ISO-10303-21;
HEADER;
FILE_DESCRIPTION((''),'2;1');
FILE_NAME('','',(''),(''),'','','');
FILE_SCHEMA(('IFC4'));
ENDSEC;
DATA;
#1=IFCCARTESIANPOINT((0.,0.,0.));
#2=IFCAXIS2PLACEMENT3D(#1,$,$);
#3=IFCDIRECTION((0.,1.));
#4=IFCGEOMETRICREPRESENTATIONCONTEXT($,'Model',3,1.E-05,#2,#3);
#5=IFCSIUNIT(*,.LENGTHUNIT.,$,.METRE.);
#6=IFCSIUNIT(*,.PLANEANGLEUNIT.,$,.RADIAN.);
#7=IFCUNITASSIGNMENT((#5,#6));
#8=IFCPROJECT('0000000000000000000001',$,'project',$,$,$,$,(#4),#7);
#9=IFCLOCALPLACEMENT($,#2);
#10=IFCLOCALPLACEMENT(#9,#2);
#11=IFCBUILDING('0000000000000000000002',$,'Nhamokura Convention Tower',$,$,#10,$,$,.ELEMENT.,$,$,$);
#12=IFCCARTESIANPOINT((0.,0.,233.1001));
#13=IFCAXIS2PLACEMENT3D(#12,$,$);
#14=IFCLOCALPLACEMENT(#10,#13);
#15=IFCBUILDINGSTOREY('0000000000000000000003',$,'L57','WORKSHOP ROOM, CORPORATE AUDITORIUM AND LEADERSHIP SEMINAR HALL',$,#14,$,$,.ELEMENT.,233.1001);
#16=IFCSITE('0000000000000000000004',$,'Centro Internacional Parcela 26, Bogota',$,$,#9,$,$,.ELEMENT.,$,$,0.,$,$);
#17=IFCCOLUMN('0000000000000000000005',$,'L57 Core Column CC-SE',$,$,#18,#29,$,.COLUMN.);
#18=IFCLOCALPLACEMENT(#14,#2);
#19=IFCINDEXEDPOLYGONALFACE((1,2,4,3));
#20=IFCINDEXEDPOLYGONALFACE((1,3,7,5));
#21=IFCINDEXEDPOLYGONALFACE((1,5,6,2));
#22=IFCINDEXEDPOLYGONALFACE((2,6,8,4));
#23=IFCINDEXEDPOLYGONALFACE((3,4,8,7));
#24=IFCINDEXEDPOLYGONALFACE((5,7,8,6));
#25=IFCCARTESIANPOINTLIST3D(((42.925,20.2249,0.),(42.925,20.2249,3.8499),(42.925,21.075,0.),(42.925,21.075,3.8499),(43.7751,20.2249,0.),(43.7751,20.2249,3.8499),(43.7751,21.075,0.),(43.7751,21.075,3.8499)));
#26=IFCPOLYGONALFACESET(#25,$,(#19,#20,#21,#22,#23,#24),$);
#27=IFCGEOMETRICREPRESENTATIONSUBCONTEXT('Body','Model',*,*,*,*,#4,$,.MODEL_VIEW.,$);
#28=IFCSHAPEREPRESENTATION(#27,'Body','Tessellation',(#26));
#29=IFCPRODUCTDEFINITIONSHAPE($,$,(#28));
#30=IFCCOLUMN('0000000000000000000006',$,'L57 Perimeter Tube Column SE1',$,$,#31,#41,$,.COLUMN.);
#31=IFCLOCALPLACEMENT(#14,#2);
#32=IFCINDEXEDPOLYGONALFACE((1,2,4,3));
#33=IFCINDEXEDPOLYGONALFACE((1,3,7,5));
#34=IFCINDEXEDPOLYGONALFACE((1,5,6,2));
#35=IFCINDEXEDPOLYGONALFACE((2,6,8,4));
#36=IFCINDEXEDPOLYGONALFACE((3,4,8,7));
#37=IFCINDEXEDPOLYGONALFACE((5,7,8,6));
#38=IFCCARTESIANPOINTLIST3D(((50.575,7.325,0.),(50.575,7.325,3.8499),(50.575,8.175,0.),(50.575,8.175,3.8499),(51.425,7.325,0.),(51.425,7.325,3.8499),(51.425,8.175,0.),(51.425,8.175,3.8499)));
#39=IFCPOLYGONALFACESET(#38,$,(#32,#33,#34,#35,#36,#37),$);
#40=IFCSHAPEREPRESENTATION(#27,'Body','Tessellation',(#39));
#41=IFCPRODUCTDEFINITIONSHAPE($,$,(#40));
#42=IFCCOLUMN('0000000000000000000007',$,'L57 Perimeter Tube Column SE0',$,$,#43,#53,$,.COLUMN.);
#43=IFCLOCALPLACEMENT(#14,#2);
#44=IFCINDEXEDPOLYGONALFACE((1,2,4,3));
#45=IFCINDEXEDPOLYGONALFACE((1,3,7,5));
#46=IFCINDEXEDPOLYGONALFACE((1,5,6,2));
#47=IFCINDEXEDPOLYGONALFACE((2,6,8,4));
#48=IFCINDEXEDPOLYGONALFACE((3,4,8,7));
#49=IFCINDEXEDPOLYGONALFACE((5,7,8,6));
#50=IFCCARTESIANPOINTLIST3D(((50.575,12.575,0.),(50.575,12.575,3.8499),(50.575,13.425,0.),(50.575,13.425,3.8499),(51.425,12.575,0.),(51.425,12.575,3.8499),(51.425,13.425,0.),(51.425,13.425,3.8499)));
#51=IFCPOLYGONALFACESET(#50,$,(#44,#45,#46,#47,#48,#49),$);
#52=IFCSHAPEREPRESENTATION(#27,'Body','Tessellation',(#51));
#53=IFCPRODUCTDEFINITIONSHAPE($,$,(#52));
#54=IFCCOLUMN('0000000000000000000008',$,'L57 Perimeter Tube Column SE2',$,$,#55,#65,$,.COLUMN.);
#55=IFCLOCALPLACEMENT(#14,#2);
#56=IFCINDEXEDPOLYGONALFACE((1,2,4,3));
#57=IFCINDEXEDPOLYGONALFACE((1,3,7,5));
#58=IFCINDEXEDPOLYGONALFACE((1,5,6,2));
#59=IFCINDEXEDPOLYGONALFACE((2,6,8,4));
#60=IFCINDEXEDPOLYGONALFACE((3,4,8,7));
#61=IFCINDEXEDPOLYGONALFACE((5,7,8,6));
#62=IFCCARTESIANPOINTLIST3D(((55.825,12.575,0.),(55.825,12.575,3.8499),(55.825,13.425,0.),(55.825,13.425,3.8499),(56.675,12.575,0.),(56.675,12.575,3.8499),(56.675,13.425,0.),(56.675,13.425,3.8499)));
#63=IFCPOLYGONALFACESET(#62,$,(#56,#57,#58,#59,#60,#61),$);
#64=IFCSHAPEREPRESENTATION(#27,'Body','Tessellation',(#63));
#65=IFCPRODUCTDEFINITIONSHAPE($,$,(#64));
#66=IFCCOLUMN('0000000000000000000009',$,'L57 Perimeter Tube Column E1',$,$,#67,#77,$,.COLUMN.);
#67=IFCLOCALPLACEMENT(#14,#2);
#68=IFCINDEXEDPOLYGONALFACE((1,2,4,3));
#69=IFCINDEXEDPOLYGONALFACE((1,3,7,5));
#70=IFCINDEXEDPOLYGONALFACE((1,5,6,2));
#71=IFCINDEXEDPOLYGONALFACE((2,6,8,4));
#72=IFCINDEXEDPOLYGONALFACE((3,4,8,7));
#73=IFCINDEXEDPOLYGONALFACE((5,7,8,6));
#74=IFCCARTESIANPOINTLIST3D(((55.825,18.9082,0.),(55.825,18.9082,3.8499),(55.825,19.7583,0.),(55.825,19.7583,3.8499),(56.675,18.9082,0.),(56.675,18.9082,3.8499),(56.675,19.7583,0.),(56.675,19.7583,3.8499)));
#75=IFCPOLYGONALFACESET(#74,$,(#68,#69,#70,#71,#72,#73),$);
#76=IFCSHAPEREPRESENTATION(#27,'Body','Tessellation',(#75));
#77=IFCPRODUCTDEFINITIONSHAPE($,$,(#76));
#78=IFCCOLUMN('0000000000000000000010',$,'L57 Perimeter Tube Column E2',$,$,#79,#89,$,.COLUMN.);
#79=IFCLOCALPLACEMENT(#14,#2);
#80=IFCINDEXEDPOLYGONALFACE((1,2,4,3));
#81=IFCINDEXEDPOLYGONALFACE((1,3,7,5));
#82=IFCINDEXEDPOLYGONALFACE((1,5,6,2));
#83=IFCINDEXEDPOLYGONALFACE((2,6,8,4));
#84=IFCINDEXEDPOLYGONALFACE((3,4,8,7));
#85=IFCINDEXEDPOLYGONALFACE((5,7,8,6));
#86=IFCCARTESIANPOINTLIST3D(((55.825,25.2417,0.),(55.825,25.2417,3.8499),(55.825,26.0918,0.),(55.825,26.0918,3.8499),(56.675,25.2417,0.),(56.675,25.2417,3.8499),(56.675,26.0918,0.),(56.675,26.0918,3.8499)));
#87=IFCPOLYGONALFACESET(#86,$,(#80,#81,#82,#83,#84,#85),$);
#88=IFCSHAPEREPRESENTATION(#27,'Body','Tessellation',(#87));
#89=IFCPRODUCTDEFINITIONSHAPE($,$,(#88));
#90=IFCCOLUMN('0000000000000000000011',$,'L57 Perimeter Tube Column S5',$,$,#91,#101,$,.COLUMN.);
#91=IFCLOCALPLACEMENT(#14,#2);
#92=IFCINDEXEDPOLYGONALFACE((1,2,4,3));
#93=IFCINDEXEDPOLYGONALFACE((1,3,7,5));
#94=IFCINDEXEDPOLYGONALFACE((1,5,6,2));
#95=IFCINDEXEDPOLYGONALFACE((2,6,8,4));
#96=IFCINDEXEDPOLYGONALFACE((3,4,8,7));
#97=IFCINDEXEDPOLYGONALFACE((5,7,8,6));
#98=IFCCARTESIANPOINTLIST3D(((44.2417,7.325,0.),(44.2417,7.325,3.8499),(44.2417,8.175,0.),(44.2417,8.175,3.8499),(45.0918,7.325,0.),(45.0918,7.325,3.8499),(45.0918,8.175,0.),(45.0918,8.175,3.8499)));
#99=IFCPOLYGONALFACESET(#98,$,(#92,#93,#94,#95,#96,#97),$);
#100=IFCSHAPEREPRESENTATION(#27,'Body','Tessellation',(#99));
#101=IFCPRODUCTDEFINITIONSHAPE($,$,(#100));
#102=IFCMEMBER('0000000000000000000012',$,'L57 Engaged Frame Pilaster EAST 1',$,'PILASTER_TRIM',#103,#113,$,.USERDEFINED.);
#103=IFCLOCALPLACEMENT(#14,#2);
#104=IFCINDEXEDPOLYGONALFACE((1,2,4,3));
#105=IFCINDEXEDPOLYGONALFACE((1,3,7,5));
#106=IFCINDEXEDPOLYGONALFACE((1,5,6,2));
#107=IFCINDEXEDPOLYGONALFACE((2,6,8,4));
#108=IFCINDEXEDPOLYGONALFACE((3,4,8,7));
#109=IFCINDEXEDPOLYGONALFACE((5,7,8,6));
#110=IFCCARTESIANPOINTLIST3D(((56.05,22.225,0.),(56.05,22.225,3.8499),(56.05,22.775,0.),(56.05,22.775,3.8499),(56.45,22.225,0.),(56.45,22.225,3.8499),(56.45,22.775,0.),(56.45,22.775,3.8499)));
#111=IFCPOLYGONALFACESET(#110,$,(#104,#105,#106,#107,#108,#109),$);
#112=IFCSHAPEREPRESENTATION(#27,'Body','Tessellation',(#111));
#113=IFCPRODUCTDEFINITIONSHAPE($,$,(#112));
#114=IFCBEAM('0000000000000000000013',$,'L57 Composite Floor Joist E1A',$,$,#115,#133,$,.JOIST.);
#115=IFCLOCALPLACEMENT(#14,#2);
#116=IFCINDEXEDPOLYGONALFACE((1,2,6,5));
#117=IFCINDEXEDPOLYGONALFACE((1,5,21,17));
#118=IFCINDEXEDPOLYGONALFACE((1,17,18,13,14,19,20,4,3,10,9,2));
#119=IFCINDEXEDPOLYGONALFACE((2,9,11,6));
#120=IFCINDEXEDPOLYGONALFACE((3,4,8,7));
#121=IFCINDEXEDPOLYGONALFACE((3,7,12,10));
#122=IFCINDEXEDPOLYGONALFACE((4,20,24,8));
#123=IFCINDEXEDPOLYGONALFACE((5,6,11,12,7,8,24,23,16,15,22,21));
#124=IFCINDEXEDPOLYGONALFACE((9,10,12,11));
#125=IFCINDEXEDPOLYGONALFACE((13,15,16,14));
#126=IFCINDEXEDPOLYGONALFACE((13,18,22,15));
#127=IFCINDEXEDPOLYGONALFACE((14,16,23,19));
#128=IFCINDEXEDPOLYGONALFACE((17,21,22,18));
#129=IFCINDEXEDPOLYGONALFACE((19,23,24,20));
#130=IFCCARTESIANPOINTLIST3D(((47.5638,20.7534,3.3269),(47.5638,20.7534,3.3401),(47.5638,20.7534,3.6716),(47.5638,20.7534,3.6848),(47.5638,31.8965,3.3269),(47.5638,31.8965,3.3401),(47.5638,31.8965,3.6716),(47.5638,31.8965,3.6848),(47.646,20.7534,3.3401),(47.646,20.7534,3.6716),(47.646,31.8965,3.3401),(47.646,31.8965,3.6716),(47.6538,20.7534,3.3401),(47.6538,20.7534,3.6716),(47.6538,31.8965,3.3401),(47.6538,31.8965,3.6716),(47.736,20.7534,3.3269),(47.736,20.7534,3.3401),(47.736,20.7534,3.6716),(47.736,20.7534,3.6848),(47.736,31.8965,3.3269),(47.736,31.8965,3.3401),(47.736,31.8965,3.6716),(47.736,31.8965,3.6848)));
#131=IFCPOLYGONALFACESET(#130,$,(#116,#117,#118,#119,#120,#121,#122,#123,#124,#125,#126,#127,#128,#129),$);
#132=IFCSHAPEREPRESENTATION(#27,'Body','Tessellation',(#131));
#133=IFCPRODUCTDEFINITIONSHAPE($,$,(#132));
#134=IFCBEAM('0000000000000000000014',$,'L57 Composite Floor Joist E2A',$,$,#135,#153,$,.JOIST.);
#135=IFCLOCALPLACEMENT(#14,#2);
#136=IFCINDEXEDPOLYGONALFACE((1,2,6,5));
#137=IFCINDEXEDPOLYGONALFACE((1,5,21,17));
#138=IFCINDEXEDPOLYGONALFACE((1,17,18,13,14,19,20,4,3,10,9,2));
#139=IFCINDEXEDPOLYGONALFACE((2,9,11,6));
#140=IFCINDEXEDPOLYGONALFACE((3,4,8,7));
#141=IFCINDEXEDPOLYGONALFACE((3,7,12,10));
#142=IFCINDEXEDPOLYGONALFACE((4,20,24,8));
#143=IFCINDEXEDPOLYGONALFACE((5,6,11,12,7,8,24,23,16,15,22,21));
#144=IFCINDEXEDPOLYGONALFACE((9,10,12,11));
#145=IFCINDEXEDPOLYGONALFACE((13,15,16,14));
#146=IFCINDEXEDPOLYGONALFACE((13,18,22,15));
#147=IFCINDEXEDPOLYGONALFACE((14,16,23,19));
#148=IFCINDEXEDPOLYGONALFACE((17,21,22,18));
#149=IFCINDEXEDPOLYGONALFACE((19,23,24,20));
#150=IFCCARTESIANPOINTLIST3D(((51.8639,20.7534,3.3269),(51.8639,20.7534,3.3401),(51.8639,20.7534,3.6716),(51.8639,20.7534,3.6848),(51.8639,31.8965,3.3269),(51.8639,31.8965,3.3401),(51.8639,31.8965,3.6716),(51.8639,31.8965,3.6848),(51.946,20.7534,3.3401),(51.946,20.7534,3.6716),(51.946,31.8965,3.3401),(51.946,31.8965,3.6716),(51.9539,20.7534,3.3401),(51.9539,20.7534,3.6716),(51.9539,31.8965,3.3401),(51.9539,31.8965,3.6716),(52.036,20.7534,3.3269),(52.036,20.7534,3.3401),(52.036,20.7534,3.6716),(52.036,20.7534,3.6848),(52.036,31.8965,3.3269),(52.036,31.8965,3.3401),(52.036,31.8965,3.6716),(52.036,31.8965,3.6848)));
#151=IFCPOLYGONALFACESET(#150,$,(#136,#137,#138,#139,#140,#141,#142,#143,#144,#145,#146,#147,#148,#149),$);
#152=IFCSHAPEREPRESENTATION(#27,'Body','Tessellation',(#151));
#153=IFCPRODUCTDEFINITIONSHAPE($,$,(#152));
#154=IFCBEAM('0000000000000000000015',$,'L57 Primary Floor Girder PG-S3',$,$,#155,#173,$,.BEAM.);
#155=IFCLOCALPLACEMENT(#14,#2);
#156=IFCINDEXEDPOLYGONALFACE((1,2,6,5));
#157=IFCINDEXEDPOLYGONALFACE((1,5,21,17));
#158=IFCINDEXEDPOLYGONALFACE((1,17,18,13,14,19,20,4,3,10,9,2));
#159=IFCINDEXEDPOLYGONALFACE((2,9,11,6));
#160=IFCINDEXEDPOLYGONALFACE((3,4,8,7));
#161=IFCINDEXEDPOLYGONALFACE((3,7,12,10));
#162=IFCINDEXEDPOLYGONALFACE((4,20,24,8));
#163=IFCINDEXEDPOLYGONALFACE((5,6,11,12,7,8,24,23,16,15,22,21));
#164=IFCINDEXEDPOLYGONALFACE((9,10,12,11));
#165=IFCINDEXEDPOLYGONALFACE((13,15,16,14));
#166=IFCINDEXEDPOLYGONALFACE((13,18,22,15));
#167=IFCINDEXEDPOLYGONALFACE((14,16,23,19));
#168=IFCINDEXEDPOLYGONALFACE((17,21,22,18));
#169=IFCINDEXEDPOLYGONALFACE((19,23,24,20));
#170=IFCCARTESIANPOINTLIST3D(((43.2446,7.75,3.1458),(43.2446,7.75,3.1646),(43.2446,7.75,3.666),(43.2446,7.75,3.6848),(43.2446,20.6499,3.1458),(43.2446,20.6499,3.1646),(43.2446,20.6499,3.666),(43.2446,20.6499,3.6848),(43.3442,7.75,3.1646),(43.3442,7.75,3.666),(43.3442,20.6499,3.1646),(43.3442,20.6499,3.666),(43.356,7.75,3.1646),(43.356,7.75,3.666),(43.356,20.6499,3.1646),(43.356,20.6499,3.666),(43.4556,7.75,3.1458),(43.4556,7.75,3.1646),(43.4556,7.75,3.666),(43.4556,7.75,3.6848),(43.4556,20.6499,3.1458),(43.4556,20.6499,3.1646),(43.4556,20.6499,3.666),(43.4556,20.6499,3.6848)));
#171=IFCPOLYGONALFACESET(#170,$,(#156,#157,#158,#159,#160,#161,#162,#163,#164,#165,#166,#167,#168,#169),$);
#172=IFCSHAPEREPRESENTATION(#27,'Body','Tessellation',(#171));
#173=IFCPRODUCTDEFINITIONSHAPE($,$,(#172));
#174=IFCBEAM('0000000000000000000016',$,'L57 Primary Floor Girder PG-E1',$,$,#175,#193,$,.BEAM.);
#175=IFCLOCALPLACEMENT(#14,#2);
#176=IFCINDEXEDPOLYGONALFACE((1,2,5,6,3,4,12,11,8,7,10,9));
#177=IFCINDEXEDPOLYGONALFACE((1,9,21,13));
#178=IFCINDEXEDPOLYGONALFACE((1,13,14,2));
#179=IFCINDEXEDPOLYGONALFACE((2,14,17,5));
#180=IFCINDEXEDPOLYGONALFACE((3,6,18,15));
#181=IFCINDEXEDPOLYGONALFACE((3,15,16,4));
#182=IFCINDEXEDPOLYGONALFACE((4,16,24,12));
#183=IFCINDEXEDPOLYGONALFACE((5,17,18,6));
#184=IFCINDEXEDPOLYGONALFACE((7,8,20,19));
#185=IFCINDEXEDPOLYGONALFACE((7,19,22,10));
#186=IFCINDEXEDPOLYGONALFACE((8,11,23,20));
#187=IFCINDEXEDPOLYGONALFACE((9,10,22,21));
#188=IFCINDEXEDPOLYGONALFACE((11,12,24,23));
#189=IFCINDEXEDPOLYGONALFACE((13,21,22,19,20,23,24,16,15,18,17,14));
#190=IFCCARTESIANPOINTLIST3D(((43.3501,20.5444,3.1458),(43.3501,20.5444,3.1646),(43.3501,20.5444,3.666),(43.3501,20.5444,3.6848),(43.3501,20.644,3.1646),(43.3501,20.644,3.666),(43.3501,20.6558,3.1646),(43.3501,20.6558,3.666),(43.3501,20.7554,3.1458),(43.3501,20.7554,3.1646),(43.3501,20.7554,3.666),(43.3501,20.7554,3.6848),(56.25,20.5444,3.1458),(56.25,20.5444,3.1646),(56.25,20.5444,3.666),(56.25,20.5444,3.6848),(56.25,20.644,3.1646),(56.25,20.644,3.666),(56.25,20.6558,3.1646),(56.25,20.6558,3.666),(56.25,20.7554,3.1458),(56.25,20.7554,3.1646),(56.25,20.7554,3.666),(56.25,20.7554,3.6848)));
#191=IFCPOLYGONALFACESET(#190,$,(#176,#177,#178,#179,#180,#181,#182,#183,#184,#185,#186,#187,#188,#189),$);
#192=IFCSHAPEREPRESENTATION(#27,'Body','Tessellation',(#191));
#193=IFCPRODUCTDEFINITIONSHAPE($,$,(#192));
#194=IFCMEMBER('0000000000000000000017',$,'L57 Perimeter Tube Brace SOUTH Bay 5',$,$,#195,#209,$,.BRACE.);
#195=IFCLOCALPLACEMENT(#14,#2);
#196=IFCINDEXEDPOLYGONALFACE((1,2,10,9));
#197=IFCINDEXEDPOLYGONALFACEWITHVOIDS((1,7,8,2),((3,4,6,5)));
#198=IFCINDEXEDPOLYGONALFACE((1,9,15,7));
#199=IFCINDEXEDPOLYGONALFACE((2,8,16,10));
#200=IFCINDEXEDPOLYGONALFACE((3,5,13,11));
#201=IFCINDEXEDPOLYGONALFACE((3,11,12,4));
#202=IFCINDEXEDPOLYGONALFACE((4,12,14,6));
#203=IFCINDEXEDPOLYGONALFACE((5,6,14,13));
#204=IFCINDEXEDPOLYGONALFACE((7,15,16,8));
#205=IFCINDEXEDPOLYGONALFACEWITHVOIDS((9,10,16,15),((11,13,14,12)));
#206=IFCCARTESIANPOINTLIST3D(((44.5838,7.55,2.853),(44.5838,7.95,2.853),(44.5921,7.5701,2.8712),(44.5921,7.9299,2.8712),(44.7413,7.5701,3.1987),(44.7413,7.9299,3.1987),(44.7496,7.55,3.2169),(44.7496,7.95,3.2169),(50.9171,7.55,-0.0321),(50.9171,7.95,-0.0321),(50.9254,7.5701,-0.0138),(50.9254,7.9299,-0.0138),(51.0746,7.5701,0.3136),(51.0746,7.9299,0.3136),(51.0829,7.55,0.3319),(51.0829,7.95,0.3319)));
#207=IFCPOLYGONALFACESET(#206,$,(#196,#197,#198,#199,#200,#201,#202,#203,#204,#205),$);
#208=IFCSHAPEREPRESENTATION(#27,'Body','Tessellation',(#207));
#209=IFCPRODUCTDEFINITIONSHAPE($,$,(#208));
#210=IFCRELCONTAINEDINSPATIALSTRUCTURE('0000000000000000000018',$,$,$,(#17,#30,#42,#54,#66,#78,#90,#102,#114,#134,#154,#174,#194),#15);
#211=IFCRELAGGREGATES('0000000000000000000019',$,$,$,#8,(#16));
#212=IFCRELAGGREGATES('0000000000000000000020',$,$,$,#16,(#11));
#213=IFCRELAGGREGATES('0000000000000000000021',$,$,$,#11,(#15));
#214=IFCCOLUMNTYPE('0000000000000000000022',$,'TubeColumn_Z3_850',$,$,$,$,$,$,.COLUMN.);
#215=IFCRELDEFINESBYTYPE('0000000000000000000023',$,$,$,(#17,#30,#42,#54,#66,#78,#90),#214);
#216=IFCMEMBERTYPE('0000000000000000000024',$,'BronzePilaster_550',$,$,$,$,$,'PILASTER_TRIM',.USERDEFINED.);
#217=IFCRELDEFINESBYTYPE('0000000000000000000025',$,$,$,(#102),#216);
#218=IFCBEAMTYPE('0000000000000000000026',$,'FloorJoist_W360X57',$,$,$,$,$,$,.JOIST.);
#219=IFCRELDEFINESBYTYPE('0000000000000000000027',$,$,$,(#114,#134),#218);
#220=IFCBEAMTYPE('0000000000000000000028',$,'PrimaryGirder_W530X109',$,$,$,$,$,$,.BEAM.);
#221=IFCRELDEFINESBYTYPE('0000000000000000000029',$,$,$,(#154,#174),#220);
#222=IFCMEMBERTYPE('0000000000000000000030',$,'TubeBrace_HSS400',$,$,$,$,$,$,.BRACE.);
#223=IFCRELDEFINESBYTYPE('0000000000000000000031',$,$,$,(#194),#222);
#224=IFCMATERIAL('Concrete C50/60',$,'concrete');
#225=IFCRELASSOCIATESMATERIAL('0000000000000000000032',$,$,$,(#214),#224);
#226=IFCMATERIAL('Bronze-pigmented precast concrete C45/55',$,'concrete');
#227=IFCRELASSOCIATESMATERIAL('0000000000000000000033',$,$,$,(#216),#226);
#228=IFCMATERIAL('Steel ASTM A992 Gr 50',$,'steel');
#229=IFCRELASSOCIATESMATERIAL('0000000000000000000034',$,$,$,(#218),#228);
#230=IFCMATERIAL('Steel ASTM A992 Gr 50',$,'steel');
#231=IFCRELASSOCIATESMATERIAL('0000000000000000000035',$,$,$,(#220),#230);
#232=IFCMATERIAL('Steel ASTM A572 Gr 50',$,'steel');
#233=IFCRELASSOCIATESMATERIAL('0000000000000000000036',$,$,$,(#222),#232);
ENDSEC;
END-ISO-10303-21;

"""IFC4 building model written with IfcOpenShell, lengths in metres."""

from ifc_helpers import new_model, si_unit, direction, frame, origin, origin_2d, place, context, subcontext, project, spatial, rectangle, hollow_rectangle, i_section, extrude, material, material_profile, profile_set, type_object, element, save


model = new_model("IFC4")

# Units and contexts
model_context = context("Model", 3, precision=1e-05, world=origin(), true_north=direction((0.0, 1.0)))
body_context = subcontext(model_context, "Body", "Model", "MODEL_VIEW")
ifc_project = project(units=[si_unit("LENGTHUNIT", "METRE"), si_unit("PLANEANGLEUNIT", "RADIAN")], contexts=[model_context])

# Site, building, storey
site_placement = place(None, origin())
site = spatial("IfcSite", under=ifc_project, at=site_placement, Name="Centro Internacional Parcela 26, Bogota", CompositionType="ELEMENT", RefElevation=0.0)
building_placement = place(site_placement, origin())
building = spatial("IfcBuilding", under=site, at=building_placement, Name="Nhamokura Convention Tower", CompositionType="ELEMENT")
storey_placement = place(building_placement, frame((0.0, 0.0, 233.1001)))
storey = spatial("IfcBuildingStorey", under=building, at=storey_placement, Name="L57", Description="WORKSHOP ROOM, CORPORATE AUDITORIUM AND LEADERSHIP SEMINAR HALL", CompositionType="ELEMENT", Elevation=233.1001)

# Columns
ifc_material_1 = material(Name="Concrete C50/60", Category="concrete")
ifc_material_profile_1 = material_profile(ifc_material_1, rectangle(XDim=0.8501, YDim=0.8501, at=origin_2d()))
ifc_profile_set_1 = profile_set([ifc_material_profile_1], Name="Concrete C50/60")
column_type = type_object("IfcColumnType", Name="TubeColumn_Z3_850", PredefinedType="COLUMN", material=ifc_profile_set_1)
for number, where, z_axis, x_axis, name in (
    (1, (43.3501, 20.6499, 0.0), (0.0, 0.0, 1.0), (1.0, 0.0, 0.0), "L57 Core Column CC-SE"),
    (2, (51.0, 7.75, 0.0), (0.0, 0.0, 1.0), (1.0, 0.0, 0.0), "L57 Perimeter Tube Column SE1"),
    (3, (51.0, 13.0, 0.0), (0.0, 0.0, 1.0), (1.0, 0.0, 0.0), "L57 Perimeter Tube Column SE0"),
    (4, (56.25, 13.0, 0.0), (0.0, 0.0, 1.0), (1.0, 0.0, 0.0), "L57 Perimeter Tube Column SE2"),
    (5, (56.25, 19.3333, 0.0), (0.0, 0.0, 1.0), (1.0, 0.0, 0.0), "L57 Perimeter Tube Column E1"),
    (6, (56.25, 25.6667, 0.0), (0.0, 0.0, 1.0), (1.0, 0.0, 0.0), "L57 Perimeter Tube Column E2"),
    (7, (44.6667, 7.75, 0.0), (0.0, 0.0, 1.0), (1.0, 0.0, 0.0), "L57 Perimeter Tube Column S5"),
):
    element("IfcColumn", number, at=place(storey_placement, frame(where, z_axis=z_axis, x_axis=x_axis)), inside=storey, type_object=column_type, Name=name, PredefinedType="COLUMN", context=body_context, shape_type="SweptSolid", body=[
        extrude(rectangle(XDim=0.8501, YDim=0.8501, at=origin_2d()), origin(), (0.0, 0.0, 1.0), 3.8499),
    ])

# Member
ifc_material_2 = material(Name="Bronze-pigmented precast concrete C45/55", Category="concrete")
ifc_material_profile_2 = material_profile(ifc_material_2, rectangle(XDim=0.3999, YDim=0.55, at=origin_2d()))
ifc_profile_set_2 = profile_set([ifc_material_profile_2], Name="Bronze-pigmented precast concrete C45/55")
member_type_1 = type_object("IfcMemberType", Name="BronzePilaster_550", ElementType="PILASTER_TRIM", PredefinedType="USERDEFINED", material=ifc_profile_set_2)
member_placement = place(storey_placement, frame((56.25, 22.5, 0.0), z_axis=(0.0, 0.0, 1.0), x_axis=(1.0, 0.0, 0.0)))
element("IfcMember", 8, at=member_placement, inside=storey, type_object=member_type_1, Name="L57 Engaged Frame Pilaster EAST 1", ObjectType="PILASTER_TRIM", PredefinedType="USERDEFINED", context=body_context, shape_type="SweptSolid", body=[
    extrude(rectangle(XDim=0.3999, YDim=0.55, at=origin_2d()), origin(), (0.0, 0.0, 1.0), 3.8499),
])

# Beams
ifc_material_3 = material(Name="Steel ASTM A992 Gr 50", Category="steel")
ifc_material_profile_3 = material_profile(ifc_material_3, i_section(OverallWidth=0.1721, OverallDepth=0.3579, WebThickness=0.0078, FlangeThickness=0.0132, at=origin_2d()))
ifc_profile_set_3 = profile_set([ifc_material_profile_3], Name="Steel ASTM A992 Gr 50")
beam_type_1 = type_object("IfcBeamType", Name="FloorJoist_W360X57", PredefinedType="JOIST", material=ifc_profile_set_3)
for number, where, z_axis, x_axis, name in (
    (9, (47.6499, 20.7534, 3.5059), (0.0, 1.0, 0.0), (-1.0, 0.0, 0.0), "L57 Composite Floor Joist E1A"),
    (10, (51.95, 20.7534, 3.5059), (0.0, 1.0, 0.0), (-1.0, 0.0, 0.0), "L57 Composite Floor Joist E2A"),
):
    element("IfcBeam", number, at=place(storey_placement, frame(where, z_axis=z_axis, x_axis=x_axis)), inside=storey, type_object=beam_type_1, Name=name, PredefinedType="JOIST", context=body_context, shape_type="SweptSolid", body=[
        extrude(i_section(OverallWidth=0.1721, OverallDepth=0.3579, WebThickness=0.0078, FlangeThickness=0.0132, at=origin_2d()), origin(), (0.0, 0.0, 1.0), 11.1431),
    ])
ifc_material_4 = material(Name="Steel ASTM A992 Gr 50", Category="steel")
ifc_material_profile_4 = material_profile(ifc_material_4, i_section(OverallWidth=0.2109, OverallDepth=0.5391, WebThickness=0.0117, FlangeThickness=0.0188, at=origin_2d()))
ifc_profile_set_4 = profile_set([ifc_material_profile_4], Name="Steel ASTM A992 Gr 50")
beam_type_2 = type_object("IfcBeamType", Name="PrimaryGirder_W530X109", PredefinedType="BEAM", material=ifc_profile_set_4)
for number, where, z_axis, x_axis, name in (
    (11, (43.3501, 7.75, 3.4153), (0.0, 1.0, 0.0), (-1.0, 0.0, 0.0), "L57 Primary Floor Girder PG-S3"),
    (12, (43.3501, 20.6499, 3.4153), (1.0, 0.0, 0.0), (0.0, 1.0, 0.0), "L57 Primary Floor Girder PG-E1"),
):
    element("IfcBeam", number, at=place(storey_placement, frame(where, z_axis=z_axis, x_axis=x_axis)), inside=storey, type_object=beam_type_2, Name=name, PredefinedType="BEAM", context=body_context, shape_type="SweptSolid", body=[
        extrude(i_section(OverallWidth=0.2109, OverallDepth=0.5391, WebThickness=0.0117, FlangeThickness=0.0188, at=origin_2d()), origin(), (0.0, 0.0, 1.0), 12.8999),
    ])

# Member
ifc_material_5 = material(Name="Steel ASTM A572 Gr 50", Category="steel")
ifc_material_profile_5 = material_profile(ifc_material_5, hollow_rectangle(XDim=0.3999, YDim=0.3999, WallThickness=0.02, at=origin_2d()))
ifc_profile_set_5 = profile_set([ifc_material_profile_5], Name="Steel ASTM A572 Gr 50")
member_type_2 = type_object("IfcMemberType", Name="TubeBrace_HSS400", PredefinedType="BRACE", material=ifc_profile_set_5)
for number, where, z_axis, x_axis, name in (
    (13, (51.0, 7.75, 0.1499), (-0.910027, 0.0, 0.414548), (0.0, -1.0, 0.0), "L57 Perimeter Tube Brace SOUTH Bay 5"),
):
    element("IfcMember", number, at=place(storey_placement, frame(where, z_axis=z_axis, x_axis=x_axis)), inside=storey, type_object=member_type_2, Name=name, PredefinedType="BRACE", context=body_context, shape_type="SweptSolid", body=[
        extrude(hollow_rectangle(XDim=0.3999, YDim=0.3999, WallThickness=0.02, at=origin_2d()), origin(), (0.0, 0.0, 1.0), 6.9595),
    ])

save(model, "model.ifc")
